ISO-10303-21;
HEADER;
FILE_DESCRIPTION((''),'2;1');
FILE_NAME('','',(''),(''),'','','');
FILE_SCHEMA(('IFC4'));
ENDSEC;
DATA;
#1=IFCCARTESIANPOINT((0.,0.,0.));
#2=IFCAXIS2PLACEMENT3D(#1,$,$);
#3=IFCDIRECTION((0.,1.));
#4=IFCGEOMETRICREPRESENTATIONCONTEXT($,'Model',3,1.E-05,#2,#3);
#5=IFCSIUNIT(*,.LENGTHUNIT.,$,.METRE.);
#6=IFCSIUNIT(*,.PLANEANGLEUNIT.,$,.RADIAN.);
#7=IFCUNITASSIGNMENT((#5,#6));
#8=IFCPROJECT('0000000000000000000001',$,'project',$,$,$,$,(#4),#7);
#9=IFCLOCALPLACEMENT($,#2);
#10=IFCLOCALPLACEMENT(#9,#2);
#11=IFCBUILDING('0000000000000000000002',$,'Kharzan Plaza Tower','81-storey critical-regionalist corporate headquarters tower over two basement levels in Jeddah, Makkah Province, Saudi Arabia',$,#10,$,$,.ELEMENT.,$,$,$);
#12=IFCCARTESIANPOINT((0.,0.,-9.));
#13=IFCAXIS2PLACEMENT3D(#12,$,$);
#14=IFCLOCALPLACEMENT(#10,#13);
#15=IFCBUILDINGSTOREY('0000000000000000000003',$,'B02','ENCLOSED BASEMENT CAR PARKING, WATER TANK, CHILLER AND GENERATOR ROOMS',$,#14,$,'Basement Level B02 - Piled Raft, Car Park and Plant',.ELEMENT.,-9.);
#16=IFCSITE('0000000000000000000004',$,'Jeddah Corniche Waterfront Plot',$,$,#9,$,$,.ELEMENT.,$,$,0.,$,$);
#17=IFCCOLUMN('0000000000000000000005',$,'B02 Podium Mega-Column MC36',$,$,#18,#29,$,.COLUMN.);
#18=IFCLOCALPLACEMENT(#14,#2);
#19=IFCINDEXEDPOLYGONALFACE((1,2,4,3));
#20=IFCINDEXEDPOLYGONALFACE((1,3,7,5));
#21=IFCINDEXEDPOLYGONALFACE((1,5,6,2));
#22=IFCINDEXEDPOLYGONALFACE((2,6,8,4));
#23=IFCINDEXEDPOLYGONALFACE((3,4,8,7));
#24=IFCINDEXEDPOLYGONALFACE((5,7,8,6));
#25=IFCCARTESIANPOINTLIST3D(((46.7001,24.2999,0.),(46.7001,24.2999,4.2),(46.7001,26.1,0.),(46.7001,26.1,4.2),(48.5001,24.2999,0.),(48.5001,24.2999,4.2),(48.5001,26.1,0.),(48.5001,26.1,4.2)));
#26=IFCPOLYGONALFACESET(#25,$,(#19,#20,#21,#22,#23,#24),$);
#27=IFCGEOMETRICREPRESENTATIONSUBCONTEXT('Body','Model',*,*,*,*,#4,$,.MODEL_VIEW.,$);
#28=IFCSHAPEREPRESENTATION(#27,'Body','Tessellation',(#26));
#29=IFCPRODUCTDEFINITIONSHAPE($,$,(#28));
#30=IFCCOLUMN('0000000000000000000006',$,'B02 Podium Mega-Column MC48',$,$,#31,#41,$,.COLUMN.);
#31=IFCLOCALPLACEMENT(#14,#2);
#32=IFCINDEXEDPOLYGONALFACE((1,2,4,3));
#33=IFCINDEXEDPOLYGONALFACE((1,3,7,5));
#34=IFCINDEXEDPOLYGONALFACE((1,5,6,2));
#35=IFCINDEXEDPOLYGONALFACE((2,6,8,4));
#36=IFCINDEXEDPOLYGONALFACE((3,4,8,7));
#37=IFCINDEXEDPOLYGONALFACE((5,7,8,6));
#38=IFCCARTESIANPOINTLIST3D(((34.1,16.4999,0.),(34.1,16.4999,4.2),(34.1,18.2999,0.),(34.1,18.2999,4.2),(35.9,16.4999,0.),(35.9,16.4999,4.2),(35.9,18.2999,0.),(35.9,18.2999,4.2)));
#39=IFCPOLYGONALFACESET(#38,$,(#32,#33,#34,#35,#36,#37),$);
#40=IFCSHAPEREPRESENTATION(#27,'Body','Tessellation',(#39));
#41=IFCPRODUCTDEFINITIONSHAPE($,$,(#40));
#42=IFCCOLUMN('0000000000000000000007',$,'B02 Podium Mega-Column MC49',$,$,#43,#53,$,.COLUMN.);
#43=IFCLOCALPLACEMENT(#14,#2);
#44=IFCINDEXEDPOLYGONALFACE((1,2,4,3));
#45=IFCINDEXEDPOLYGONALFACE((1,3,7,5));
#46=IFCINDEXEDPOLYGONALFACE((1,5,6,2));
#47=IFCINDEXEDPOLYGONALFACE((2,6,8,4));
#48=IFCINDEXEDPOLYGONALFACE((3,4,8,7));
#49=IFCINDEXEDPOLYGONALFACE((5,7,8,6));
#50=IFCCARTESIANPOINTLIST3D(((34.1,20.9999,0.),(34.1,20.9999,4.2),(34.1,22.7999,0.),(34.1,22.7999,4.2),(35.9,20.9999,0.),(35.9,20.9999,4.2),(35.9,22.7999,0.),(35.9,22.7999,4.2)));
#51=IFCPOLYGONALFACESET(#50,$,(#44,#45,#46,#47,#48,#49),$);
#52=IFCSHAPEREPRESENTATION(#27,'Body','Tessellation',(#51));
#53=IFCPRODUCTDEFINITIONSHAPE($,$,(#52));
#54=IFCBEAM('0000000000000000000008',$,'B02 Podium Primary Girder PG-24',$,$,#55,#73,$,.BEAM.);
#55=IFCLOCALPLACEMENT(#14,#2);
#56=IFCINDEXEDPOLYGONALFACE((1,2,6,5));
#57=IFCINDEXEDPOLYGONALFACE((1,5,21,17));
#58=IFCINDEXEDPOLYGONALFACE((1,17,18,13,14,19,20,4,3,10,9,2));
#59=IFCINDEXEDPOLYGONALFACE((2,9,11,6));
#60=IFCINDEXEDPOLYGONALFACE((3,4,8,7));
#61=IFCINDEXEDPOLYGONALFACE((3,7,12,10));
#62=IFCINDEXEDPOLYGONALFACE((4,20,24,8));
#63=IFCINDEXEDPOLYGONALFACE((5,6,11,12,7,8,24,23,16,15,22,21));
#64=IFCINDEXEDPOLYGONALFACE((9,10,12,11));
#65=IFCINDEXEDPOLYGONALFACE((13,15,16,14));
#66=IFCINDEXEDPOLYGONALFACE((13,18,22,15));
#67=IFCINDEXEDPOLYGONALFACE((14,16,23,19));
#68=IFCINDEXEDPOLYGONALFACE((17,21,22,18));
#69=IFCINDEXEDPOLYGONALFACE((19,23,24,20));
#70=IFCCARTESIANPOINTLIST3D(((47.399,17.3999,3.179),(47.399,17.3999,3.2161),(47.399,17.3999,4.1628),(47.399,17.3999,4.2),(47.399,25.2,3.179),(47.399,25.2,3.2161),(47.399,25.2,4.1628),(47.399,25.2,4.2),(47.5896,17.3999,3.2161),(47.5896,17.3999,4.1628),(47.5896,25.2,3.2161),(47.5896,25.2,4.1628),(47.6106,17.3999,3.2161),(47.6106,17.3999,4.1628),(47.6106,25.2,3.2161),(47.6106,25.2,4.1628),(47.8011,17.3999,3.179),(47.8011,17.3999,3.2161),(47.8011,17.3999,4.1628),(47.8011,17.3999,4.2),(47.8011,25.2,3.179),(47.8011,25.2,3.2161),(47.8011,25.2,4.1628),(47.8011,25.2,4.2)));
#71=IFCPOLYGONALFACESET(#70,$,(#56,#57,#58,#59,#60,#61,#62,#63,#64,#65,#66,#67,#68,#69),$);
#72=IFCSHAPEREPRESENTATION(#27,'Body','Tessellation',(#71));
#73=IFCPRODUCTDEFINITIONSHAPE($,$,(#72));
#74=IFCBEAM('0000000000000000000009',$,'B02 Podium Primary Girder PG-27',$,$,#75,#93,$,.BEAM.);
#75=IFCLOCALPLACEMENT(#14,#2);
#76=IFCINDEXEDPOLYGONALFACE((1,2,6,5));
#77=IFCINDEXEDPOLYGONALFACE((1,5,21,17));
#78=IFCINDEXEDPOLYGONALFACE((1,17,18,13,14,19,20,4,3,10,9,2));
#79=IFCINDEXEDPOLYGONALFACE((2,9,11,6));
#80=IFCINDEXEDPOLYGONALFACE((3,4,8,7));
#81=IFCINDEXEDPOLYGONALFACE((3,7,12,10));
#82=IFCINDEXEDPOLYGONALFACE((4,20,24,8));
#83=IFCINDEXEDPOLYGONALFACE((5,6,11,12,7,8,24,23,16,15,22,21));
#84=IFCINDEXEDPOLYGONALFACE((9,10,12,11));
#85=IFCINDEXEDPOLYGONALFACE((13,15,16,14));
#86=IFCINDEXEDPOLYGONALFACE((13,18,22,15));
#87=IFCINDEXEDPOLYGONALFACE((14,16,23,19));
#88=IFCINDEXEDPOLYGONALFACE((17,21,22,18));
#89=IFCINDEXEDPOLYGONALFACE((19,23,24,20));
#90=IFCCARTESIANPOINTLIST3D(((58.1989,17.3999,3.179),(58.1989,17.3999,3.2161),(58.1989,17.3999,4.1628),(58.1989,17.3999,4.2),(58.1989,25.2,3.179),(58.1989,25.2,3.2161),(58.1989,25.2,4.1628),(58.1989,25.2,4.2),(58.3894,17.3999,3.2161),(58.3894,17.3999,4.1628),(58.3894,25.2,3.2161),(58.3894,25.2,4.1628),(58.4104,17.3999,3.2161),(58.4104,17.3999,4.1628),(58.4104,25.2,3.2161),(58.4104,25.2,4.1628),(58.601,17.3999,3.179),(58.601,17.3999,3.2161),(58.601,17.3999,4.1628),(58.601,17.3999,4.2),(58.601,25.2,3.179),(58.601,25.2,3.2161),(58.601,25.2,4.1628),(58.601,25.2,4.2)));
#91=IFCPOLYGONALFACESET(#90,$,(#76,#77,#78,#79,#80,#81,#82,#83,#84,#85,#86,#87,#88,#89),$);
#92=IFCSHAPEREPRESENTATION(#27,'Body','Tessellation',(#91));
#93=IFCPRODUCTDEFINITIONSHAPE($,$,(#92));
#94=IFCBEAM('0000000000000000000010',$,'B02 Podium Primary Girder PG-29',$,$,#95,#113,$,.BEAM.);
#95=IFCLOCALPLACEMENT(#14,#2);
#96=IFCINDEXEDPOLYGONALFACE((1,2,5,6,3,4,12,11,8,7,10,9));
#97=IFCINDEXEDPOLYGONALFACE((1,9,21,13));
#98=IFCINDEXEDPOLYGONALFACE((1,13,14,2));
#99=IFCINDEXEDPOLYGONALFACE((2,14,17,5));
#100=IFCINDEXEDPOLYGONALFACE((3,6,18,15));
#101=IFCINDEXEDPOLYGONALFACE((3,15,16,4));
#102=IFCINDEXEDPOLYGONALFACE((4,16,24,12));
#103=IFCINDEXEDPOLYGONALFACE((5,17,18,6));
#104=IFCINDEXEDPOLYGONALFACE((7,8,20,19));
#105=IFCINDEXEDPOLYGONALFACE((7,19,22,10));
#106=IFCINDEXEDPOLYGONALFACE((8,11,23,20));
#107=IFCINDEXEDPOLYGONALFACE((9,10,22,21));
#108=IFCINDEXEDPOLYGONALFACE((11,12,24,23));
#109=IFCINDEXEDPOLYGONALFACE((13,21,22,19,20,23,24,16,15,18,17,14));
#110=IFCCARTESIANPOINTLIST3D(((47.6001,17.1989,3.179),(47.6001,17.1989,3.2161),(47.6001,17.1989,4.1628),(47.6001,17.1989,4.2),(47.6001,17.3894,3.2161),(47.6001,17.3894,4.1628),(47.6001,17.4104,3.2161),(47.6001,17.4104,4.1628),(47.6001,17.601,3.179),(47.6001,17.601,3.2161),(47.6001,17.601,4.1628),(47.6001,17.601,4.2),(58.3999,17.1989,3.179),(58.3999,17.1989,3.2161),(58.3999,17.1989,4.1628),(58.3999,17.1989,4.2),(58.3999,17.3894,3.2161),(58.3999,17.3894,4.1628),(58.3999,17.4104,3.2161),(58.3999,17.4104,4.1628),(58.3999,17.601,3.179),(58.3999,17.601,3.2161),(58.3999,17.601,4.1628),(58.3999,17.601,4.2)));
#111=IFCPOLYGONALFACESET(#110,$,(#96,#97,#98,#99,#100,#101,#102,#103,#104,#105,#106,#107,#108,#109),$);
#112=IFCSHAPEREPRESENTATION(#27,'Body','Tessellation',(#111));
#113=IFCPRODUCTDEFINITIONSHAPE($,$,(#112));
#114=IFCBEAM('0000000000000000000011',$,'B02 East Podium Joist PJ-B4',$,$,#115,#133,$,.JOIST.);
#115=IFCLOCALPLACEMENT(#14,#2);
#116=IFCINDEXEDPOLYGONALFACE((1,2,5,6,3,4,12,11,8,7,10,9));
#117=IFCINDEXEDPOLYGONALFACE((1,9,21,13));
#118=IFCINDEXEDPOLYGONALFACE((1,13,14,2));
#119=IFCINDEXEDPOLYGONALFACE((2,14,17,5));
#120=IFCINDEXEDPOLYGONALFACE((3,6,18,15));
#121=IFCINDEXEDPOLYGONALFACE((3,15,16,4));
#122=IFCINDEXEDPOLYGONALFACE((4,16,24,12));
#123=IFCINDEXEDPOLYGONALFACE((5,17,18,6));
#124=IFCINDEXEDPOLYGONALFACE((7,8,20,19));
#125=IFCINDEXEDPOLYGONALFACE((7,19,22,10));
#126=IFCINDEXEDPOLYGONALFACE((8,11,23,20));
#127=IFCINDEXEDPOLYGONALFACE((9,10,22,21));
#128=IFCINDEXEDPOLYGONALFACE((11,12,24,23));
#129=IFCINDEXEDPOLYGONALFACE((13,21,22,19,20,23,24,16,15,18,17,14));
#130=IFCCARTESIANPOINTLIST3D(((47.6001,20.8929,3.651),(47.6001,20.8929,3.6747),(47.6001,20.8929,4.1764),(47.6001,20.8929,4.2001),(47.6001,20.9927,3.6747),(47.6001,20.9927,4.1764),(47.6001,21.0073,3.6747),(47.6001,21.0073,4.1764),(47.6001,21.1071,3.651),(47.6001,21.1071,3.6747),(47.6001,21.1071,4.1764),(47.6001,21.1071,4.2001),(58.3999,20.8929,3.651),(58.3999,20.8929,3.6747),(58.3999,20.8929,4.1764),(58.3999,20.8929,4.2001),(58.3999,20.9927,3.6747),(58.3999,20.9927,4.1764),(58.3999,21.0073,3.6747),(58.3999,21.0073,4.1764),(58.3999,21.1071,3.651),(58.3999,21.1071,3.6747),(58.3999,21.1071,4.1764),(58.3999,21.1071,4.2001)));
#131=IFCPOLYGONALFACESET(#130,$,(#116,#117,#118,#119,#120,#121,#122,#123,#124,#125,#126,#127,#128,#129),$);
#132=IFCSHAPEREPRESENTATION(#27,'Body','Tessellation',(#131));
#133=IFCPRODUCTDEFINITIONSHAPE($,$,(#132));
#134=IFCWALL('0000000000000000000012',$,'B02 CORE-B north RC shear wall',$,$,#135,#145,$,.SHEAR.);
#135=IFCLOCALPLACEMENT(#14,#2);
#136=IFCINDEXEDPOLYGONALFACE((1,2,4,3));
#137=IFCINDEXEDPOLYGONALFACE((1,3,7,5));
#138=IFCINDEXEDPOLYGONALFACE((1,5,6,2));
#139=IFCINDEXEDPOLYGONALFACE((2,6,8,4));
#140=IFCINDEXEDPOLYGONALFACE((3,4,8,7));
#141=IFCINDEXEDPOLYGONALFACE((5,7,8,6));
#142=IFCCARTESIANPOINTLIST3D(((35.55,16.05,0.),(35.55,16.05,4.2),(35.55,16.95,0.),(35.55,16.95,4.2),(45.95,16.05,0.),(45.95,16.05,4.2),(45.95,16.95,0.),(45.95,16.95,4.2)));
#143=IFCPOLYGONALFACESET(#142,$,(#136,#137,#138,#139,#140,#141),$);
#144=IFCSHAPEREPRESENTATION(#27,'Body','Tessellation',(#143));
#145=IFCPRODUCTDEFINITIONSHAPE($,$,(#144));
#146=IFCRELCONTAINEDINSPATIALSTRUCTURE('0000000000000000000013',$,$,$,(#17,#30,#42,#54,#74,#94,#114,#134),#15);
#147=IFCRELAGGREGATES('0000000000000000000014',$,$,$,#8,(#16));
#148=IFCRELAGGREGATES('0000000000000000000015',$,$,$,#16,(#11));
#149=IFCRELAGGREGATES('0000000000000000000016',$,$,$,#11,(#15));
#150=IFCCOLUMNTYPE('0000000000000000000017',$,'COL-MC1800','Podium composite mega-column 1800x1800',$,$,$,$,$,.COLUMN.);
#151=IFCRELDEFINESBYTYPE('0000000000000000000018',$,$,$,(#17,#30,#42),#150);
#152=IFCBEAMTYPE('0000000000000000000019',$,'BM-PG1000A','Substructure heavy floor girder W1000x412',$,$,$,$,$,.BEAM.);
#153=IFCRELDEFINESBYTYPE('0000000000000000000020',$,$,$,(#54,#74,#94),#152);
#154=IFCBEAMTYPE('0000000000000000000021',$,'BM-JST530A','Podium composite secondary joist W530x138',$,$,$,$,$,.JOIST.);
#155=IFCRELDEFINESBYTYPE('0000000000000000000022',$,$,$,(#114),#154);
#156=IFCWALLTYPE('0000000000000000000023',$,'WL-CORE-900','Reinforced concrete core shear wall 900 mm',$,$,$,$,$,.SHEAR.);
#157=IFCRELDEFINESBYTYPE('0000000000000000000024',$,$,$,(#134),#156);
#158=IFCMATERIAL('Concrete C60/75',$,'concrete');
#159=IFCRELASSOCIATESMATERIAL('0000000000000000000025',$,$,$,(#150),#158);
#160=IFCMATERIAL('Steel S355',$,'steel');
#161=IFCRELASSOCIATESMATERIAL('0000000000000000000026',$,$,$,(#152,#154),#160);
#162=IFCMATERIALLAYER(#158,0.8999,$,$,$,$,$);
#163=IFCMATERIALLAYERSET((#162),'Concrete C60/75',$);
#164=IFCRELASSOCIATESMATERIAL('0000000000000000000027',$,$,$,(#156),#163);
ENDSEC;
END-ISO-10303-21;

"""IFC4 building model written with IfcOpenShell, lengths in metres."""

from ifc_helpers import new_model, si_unit, direction, frame, frame_2d, origin, origin_2d, place, context, subcontext, project, spatial, rectangle, i_section, extrude, source, transform, mapped, material, layer, layer_set, material_profile, profile_set, type_object, element, save


model = new_model("IFC4")

# Units and contexts
model_context = context("Model", 3, precision=1e-05, world=origin(), true_north=direction((0.0, 1.0)))
body_context = subcontext(model_context, "Body", "Model", "MODEL_VIEW")
ifc_project = project(units=[si_unit("LENGTHUNIT", "METRE"), si_unit("PLANEANGLEUNIT", "RADIAN")], contexts=[model_context])

# Site, building, storey
site_placement = place(None, origin())
site = spatial("IfcSite", under=ifc_project, at=site_placement, Name="Jeddah Corniche Waterfront Plot", CompositionType="ELEMENT", RefElevation=0.0)
building_placement = place(site_placement, origin())
building = spatial("IfcBuilding", under=site, at=building_placement, Name="Kharzan Plaza Tower", Description="81-storey critical-regionalist corporate headquarters tower over two basement levels in Jeddah, Makkah Province, Saudi Arabia", CompositionType="ELEMENT")
storey_placement = place(building_placement, frame((0.0, 0.0, -9.0)))
storey = spatial("IfcBuildingStorey", under=building, at=storey_placement, Name="B02", Description="ENCLOSED BASEMENT CAR PARKING, WATER TANK, CHILLER AND GENERATOR ROOMS", LongName="Basement Level B02 - Piled Raft, Car Park and Plant", CompositionType="ELEMENT", Elevation=-9.0)

# Columns
ifc_material_1 = material(Name="Concrete C60/75", Category="concrete")
ifc_material_profile_1 = material_profile(ifc_material_1, rectangle(XDim=1.8, YDim=1.8, at=origin_2d()), Name="RC-MC1800x1800")
ifc_profile_set_1 = profile_set([ifc_material_profile_1], Name="Concrete C60/75")
column_type = type_object("IfcColumnType", Name="COL-MC1800", Description="Podium composite mega-column 1800x1800", PredefinedType="COLUMN", material=ifc_profile_set_1)
shared_shape_1 = source(origin(), body_context, "Body", "SweptSolid", [
    extrude(rectangle(XDim=1.8, YDim=1.8, at=origin_2d()), origin(), (0.0, 0.0, 1.0), 4.2),
])
for number, where, z_axis, x_axis, name in (
    (1, (47.6001, 25.2, 0.0), (0.0, 0.0, 1.0), (1.0, 0.0, 0.0), "B02 Podium Mega-Column MC36"),
    (2, (35.0, 17.3999, 0.0), (0.0, 0.0, 1.0), (1.0, 0.0, 0.0), "B02 Podium Mega-Column MC48"),
    (3, (35.0, 21.8999, 0.0), (0.0, 0.0, 1.0), (1.0, 0.0, 0.0), "B02 Podium Mega-Column MC49"),
):
    element("IfcColumn", number, at=place(storey_placement, frame(where, z_axis=z_axis, x_axis=x_axis)), inside=storey, type_object=column_type, Name=name, PredefinedType="COLUMN", context=body_context, shape_type="MappedRepresentation", body=[
        mapped(shared_shape_1, transform((0.0, 0.0, 0.0), x_axis=(1.0, 0.0, 0.0), y_axis=(0.0, 1.0, 0.0), z_axis=(0.0, 0.0, 1.0))),
    ])

# Beams
ifc_material_2 = material(Name="Steel S355", Category="steel")
ifc_material_profile_2 = material_profile(ifc_material_2, i_section(OverallWidth=0.4021, OverallDepth=1.021, WebThickness=0.021, FlangeThickness=0.0371, at=origin_2d()), Name="W1000x412")
ifc_profile_set_2 = profile_set([ifc_material_profile_2], Name="Steel S355")
beam_type_1 = type_object("IfcBeamType", Name="BM-PG1000A", Description="Substructure heavy floor girder W1000x412", PredefinedType="BEAM", material=ifc_profile_set_2)
shared_shape_2 = source(origin(), body_context, "Body", "SweptSolid", [
    extrude(i_section(OverallWidth=0.4021, OverallDepth=1.021, WebThickness=0.021, FlangeThickness=0.0371, at=origin_2d()), origin(), (0.0, 0.0, 1.0), 7.8),
])
for number, where, z_axis, x_axis, name in (
    (4, (47.6001, 17.3999, 3.6895), (0.0, 1.0, 0.0), (-1.0, 0.0, 0.0), "B02 Podium Primary Girder PG-24"),
    (5, (58.3999, 17.3999, 3.6895), (0.0, 1.0, 0.0), (-1.0, 0.0, 0.0), "B02 Podium Primary Girder PG-27"),
):
    element("IfcBeam", number, at=place(storey_placement, frame(where, z_axis=z_axis, x_axis=x_axis)), inside=storey, type_object=beam_type_1, Name=name, PredefinedType="BEAM", context=body_context, shape_type="MappedRepresentation", body=[
        mapped(shared_shape_2, transform((0.0, 0.0, 0.0), x_axis=(1.0, 0.0, 0.0), y_axis=(0.0, 1.0, 0.0), z_axis=(0.0, 0.0, 1.0))),
    ])
shared_shape_3 = source(origin(), body_context, "Body", "SweptSolid", [
    extrude(i_section(OverallWidth=0.4021, OverallDepth=1.021, WebThickness=0.021, FlangeThickness=0.0371, at=origin_2d()), origin(), (0.0, 0.0, 1.0), 10.7998),
])
beam_1_placement = place(storey_placement, frame((47.6001, 17.3999, 3.6895), z_axis=(1.0, 0.0, 0.0), x_axis=(0.0, 1.0, 0.0)))
element("IfcBeam", 6, at=beam_1_placement, inside=storey, type_object=beam_type_1, Name="B02 Podium Primary Girder PG-29", PredefinedType="BEAM", context=body_context, shape_type="MappedRepresentation", body=[
    mapped(shared_shape_3, transform((0.0, 0.0, 0.0), x_axis=(1.0, 0.0, 0.0), y_axis=(0.0, 1.0, 0.0), z_axis=(0.0, 0.0, 1.0))),
])
ifc_material_profile_3 = material_profile(ifc_material_2, i_section(OverallWidth=0.2141, OverallDepth=0.5491, WebThickness=0.0146, FlangeThickness=0.0237, at=origin_2d()), Name="W530x138")
ifc_profile_set_3 = profile_set([ifc_material_profile_3], Name="Steel S355")
beam_type_2 = type_object("IfcBeamType", Name="BM-JST530A", Description="Podium composite secondary joist W530x138", PredefinedType="JOIST", material=ifc_profile_set_3)
shared_shape_4 = source(origin(), body_context, "Body", "SweptSolid", [
    extrude(i_section(OverallWidth=0.2141, OverallDepth=0.5491, WebThickness=0.0146, FlangeThickness=0.0237, at=origin_2d()), origin(), (0.0, 0.0, 1.0), 10.7998),
])
beam_2_placement = place(storey_placement, frame((47.6001, 21.0, 3.9255), z_axis=(1.0, 0.0, 0.0), x_axis=(0.0, 1.0, 0.0)))
element("IfcBeam", 7, at=beam_2_placement, inside=storey, type_object=beam_type_2, Name="B02 East Podium Joist PJ-B4", PredefinedType="JOIST", context=body_context, shape_type="MappedRepresentation", body=[
    mapped(shared_shape_4, transform((0.0, 0.0, 0.0), x_axis=(1.0, 0.0, 0.0), y_axis=(0.0, 1.0, 0.0), z_axis=(0.0, 0.0, 1.0))),
])

# Wall
ifc_layer = layer(ifc_material_1, 0.8999)
ifc_layer_set = layer_set([ifc_layer], Name="Concrete C60/75")
wall_type = type_object("IfcWallType", Name="WL-CORE-900", Description="Reinforced concrete core shear wall 900 mm", PredefinedType="SHEAR", material=ifc_layer_set)
shared_shape_5 = source(origin(), body_context, "Body", "SweptSolid", [
    extrude(rectangle(XDim=10.3999, YDim=0.8999, at=frame_2d((5.2, 0.0))), origin(), (0.0, 0.0, 1.0), 4.2),
])
wall_placement = place(storey_placement, frame((35.55, 16.5, 0.0), z_axis=(0.0, 0.0, 1.0), x_axis=(1.0, 0.0, 0.0)))
element("IfcWall", 8, at=wall_placement, inside=storey, type_object=wall_type, Name="B02 CORE-B north RC shear wall", PredefinedType="SHEAR", context=body_context, shape_type="MappedRepresentation", body=[
    mapped(shared_shape_5, transform((0.0, 0.0, 0.0), x_axis=(1.0, 0.0, 0.0), y_axis=(0.0, 1.0, 0.0), z_axis=(0.0, 0.0, 1.0))),
])

save(model, "model.ifc")
